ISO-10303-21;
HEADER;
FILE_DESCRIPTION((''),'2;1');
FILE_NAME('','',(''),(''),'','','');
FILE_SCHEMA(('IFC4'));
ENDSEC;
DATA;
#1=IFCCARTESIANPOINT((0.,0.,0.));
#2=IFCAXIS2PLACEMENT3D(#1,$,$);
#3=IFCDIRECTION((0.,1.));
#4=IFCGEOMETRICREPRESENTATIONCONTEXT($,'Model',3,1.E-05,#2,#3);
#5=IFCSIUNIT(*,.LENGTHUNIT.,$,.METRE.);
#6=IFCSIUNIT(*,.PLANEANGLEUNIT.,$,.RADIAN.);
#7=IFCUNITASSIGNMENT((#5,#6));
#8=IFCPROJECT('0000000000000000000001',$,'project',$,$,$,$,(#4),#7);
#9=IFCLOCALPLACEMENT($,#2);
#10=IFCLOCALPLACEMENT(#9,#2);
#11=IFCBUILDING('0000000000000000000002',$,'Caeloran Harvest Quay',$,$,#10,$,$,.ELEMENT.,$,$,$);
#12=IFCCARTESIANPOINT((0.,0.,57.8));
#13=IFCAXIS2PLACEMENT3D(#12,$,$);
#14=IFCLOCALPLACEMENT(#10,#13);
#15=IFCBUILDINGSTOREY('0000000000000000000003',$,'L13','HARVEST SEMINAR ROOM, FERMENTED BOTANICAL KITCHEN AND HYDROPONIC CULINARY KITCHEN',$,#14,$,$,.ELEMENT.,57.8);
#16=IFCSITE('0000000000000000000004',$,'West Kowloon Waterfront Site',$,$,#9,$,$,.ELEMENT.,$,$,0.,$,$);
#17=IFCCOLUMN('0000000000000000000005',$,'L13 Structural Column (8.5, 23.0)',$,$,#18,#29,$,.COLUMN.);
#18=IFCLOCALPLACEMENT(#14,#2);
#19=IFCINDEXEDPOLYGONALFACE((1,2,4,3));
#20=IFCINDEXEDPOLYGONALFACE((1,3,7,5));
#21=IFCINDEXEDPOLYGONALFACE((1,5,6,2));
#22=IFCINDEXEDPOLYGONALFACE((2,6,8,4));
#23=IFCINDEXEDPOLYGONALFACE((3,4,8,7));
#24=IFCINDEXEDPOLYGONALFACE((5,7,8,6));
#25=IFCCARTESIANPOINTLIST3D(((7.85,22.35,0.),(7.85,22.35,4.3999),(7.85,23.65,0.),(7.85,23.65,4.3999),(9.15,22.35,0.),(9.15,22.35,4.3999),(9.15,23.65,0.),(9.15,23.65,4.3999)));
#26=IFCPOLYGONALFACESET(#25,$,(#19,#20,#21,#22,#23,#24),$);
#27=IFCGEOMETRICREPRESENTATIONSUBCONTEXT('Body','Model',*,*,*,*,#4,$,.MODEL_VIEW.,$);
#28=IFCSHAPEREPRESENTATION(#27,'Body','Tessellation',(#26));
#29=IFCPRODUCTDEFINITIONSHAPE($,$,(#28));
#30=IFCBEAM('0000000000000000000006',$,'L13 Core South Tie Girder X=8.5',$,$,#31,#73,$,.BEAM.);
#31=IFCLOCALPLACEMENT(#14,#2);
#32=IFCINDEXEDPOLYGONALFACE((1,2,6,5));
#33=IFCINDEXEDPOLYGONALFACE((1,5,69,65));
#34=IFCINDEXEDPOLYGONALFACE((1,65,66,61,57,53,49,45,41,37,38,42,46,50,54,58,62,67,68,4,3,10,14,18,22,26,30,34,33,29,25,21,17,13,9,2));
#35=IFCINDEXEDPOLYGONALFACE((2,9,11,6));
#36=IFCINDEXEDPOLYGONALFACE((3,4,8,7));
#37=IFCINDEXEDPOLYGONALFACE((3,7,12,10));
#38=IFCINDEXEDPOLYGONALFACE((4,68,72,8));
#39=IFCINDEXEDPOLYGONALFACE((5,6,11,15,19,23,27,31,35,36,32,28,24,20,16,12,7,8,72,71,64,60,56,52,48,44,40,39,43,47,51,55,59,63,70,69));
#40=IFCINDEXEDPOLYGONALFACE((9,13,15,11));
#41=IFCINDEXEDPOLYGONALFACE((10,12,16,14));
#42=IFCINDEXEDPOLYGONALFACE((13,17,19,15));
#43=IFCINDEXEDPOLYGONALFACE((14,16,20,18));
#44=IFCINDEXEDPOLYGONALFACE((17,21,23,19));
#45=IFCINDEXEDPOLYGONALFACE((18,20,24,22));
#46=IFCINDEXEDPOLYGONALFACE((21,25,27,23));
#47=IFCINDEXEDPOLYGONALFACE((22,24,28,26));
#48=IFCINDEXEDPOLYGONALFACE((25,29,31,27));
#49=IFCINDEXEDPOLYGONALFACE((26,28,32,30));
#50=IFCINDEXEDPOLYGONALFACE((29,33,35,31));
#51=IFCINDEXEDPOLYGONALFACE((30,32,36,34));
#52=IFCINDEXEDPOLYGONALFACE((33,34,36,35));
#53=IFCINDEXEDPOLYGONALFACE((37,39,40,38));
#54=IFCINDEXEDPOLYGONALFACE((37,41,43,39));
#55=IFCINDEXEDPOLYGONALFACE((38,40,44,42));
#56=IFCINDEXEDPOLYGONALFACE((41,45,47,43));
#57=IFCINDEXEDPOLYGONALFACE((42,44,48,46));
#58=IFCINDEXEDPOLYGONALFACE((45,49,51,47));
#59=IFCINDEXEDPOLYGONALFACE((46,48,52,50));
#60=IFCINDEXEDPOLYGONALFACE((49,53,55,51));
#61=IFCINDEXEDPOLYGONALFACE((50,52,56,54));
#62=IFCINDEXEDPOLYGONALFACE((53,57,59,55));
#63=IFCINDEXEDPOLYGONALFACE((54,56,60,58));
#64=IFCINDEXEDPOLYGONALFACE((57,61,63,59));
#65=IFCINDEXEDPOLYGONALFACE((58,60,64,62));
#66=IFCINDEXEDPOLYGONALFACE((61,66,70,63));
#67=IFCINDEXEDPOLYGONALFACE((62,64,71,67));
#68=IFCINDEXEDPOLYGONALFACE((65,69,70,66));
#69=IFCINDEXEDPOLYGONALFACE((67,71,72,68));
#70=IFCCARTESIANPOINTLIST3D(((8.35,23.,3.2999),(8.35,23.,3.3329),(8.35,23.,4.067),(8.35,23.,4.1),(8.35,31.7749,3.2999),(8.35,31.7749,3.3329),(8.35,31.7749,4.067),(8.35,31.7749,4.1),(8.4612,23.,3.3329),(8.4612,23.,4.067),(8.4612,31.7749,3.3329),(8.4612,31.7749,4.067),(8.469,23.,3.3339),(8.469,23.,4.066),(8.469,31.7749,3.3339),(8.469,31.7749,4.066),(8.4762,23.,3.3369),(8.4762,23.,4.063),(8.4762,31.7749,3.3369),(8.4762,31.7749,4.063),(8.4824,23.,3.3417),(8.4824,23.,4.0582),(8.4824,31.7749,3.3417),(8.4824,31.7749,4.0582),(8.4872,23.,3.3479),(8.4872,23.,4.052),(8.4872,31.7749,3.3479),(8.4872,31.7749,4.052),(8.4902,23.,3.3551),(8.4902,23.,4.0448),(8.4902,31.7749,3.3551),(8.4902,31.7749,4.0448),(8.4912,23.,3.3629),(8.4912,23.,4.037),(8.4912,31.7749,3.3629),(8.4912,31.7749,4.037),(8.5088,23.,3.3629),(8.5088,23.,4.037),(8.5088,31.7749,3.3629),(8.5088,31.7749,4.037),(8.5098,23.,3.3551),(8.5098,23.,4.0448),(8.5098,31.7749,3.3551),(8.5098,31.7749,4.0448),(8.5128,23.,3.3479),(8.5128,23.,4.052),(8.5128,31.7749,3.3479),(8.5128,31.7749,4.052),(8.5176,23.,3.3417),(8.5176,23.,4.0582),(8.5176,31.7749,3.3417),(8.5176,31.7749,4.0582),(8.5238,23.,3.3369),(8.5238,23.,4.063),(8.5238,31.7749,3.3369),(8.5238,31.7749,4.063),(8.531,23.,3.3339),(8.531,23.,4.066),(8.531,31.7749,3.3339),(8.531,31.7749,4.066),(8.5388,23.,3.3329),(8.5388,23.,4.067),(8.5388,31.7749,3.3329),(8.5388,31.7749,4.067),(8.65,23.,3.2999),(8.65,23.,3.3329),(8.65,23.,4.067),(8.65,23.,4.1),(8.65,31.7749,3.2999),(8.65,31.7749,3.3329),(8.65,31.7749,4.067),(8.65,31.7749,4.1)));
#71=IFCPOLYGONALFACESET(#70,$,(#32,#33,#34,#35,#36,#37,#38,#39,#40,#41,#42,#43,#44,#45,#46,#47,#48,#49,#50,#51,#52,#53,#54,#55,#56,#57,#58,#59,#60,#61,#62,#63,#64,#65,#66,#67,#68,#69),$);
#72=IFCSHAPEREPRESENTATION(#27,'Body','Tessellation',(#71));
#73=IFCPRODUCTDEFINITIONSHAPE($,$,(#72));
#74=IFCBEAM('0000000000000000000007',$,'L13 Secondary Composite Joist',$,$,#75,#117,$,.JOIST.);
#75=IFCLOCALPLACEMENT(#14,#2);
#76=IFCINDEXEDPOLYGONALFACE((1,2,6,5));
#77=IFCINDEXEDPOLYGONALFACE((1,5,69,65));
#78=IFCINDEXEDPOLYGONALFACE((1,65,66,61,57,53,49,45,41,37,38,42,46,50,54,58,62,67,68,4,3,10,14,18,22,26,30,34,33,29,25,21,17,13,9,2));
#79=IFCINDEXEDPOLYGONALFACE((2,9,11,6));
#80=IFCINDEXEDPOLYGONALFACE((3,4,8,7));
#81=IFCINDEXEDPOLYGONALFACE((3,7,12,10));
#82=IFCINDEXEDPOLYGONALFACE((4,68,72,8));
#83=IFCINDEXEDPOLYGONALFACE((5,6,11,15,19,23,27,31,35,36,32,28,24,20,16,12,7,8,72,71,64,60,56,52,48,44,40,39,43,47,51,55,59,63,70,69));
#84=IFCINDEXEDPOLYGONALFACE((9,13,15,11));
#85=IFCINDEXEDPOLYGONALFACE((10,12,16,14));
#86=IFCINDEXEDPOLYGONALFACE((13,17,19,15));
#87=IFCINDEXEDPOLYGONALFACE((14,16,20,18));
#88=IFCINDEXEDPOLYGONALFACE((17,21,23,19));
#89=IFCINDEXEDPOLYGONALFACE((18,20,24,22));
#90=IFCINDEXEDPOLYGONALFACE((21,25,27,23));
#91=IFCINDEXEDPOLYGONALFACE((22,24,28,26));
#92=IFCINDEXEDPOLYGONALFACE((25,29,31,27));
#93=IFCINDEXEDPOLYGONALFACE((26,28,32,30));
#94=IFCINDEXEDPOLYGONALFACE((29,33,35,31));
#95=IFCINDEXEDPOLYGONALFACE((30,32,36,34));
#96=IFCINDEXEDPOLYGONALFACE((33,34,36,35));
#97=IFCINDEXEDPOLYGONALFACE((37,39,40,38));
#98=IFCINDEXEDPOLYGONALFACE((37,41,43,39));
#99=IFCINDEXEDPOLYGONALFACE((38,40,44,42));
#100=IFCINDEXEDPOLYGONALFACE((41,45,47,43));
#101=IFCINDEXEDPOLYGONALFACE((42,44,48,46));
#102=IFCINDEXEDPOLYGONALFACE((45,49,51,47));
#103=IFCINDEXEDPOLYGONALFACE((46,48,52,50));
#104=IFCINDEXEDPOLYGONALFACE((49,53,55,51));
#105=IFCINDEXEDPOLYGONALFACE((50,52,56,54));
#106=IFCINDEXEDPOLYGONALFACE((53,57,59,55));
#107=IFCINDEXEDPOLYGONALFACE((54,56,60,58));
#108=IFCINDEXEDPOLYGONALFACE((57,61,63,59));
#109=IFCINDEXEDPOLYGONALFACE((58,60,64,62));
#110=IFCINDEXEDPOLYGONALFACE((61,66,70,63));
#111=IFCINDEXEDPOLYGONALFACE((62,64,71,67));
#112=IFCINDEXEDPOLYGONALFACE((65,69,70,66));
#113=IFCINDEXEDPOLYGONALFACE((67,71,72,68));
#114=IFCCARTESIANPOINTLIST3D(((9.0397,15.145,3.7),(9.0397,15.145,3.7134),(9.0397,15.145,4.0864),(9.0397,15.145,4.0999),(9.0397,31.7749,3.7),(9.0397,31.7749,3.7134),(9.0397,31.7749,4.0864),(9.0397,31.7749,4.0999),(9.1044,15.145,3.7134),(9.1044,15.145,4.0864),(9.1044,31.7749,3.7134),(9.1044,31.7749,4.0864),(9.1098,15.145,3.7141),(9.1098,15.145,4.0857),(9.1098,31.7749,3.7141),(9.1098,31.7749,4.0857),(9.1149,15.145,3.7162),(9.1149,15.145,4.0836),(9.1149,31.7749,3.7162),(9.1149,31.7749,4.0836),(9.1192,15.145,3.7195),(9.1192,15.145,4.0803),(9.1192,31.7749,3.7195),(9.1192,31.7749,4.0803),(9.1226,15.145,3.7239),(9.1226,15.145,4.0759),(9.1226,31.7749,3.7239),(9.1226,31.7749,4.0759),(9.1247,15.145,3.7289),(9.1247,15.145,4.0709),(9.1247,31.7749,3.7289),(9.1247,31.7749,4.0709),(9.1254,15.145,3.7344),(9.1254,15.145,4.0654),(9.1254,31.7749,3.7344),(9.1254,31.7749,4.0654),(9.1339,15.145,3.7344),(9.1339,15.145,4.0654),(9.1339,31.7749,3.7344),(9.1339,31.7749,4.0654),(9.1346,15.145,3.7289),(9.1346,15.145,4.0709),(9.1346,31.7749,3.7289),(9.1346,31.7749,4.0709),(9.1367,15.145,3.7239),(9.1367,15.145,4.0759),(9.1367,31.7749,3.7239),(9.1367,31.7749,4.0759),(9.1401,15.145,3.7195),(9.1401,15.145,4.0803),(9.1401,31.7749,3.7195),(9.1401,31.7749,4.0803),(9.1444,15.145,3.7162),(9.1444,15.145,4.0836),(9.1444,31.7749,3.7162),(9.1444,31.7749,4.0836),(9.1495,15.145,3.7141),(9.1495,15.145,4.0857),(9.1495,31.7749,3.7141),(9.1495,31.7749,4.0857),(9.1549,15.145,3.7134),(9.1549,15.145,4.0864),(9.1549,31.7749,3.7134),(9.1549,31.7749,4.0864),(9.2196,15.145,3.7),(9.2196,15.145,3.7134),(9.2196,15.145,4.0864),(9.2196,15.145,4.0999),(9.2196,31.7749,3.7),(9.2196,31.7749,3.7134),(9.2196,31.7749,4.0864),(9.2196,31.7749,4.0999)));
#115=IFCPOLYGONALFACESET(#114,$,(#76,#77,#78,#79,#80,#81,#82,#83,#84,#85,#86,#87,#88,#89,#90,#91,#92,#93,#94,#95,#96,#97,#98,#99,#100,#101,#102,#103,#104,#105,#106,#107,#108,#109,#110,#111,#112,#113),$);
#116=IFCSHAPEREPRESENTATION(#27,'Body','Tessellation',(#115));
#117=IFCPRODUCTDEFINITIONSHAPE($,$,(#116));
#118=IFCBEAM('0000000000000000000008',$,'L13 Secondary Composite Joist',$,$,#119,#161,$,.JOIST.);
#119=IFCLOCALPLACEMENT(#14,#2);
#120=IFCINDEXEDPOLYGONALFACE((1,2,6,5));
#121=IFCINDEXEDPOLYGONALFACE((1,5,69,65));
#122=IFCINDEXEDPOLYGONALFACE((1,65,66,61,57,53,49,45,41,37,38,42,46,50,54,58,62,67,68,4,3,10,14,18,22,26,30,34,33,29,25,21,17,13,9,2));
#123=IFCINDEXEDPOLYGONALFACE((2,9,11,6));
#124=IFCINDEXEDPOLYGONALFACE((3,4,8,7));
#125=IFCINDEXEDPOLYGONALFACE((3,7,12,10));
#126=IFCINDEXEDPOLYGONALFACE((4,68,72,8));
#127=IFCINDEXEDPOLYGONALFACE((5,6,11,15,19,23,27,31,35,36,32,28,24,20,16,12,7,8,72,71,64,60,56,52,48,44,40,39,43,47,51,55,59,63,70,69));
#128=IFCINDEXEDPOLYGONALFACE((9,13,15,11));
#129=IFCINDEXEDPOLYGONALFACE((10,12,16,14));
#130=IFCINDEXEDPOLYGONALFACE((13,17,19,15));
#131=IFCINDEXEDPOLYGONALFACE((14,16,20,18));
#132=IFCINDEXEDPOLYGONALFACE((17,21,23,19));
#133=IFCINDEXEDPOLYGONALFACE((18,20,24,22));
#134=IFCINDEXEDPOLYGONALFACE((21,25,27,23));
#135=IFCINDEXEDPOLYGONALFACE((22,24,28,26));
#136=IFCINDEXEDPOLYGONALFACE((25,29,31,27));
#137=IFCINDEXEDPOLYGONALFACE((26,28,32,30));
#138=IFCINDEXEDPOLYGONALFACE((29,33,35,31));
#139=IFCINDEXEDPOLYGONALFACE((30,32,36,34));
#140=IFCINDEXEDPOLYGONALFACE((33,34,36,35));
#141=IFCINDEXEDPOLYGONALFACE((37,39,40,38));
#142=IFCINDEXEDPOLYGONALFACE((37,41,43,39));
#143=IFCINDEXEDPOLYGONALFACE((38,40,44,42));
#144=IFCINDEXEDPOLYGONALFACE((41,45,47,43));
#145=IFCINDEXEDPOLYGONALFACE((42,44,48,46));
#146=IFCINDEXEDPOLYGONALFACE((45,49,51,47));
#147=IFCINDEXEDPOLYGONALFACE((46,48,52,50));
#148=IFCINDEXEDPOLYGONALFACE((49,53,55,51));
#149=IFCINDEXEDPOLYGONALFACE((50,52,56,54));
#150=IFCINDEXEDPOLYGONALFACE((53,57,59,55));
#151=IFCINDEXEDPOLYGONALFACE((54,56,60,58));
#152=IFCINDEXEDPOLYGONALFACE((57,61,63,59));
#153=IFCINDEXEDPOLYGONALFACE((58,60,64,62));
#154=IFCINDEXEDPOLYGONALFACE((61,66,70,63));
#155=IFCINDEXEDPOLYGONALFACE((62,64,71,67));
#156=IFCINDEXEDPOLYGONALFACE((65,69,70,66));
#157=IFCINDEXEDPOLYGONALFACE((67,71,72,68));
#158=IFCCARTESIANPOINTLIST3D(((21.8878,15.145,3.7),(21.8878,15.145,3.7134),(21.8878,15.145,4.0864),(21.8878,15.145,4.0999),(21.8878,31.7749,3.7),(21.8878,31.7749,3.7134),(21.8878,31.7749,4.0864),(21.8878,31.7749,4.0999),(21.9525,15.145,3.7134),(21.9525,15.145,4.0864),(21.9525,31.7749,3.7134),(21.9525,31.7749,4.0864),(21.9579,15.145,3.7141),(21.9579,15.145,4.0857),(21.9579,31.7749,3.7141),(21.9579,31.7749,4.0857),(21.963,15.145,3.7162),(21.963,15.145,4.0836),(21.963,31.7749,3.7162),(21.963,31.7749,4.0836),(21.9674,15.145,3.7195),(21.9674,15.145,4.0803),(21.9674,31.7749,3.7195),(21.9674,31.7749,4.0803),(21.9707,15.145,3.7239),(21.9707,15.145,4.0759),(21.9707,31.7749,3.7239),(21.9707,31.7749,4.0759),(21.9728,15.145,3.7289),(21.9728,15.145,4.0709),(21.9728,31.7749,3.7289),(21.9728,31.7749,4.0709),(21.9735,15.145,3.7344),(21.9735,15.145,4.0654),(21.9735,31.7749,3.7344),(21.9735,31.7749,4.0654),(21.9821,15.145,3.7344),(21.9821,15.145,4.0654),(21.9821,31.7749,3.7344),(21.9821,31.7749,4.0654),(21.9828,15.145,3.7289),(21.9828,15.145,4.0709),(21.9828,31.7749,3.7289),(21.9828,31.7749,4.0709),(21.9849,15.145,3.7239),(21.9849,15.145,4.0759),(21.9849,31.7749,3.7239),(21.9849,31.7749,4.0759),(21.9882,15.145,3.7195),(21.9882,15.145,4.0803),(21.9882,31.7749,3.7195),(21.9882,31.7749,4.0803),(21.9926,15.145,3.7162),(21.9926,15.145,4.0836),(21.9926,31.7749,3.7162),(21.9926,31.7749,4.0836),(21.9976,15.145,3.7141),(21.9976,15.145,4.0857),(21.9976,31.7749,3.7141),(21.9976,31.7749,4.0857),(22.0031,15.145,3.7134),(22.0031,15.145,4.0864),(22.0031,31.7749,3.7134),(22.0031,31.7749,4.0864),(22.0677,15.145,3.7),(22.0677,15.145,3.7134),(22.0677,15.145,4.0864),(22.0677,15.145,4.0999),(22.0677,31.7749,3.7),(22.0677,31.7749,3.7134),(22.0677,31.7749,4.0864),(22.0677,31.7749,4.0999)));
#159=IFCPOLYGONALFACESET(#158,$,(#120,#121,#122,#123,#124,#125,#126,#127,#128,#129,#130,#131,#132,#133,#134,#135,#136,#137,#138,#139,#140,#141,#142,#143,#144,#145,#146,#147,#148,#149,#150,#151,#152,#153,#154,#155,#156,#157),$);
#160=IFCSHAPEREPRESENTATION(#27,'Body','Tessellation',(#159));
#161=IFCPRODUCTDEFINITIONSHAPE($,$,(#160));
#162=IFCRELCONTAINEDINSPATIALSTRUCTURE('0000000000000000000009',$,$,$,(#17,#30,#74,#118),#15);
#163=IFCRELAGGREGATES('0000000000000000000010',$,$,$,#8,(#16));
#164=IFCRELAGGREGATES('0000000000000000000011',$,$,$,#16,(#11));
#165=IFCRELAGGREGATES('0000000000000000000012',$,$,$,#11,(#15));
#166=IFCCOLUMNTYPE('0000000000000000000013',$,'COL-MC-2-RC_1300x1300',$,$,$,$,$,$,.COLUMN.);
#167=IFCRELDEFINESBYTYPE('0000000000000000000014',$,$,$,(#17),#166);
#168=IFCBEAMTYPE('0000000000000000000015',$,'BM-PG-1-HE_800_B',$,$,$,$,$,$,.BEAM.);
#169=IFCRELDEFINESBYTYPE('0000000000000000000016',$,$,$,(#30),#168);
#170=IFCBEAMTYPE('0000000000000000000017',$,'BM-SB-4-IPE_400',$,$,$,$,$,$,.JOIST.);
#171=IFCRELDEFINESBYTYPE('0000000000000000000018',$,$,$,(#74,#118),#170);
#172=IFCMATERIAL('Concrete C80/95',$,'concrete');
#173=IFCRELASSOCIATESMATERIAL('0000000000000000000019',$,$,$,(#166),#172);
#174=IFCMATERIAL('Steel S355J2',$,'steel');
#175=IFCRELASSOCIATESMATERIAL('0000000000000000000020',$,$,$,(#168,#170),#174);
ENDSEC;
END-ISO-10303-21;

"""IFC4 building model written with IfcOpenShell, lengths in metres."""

from ifc_helpers import new_model, si_unit, direction, frame, origin, origin_2d, place, context, subcontext, project, spatial, rectangle, i_section, extrude, material, material_profile, profile_set, type_object, element, save


model = new_model("IFC4")

# Units and contexts
model_context = context("Model", 3, precision=1e-05, world=origin(), true_north=direction((0.0, 1.0)))
body_context = subcontext(model_context, "Body", "Model", "MODEL_VIEW")
ifc_project = project(units=[si_unit("LENGTHUNIT", "METRE"), si_unit("PLANEANGLEUNIT", "RADIAN")], contexts=[model_context])

# Site, building, storey
site_placement = place(None, origin())
site = spatial("IfcSite", under=ifc_project, at=site_placement, Name="West Kowloon Waterfront Site", CompositionType="ELEMENT", RefElevation=0.0)
building_placement = place(site_placement, origin())
building = spatial("IfcBuilding", under=site, at=building_placement, Name="Caeloran Harvest Quay", CompositionType="ELEMENT")
storey_placement = place(building_placement, frame((0.0, 0.0, 57.8)))
storey = spatial("IfcBuildingStorey", under=building, at=storey_placement, Name="L13", Description="HARVEST SEMINAR ROOM, FERMENTED BOTANICAL KITCHEN AND HYDROPONIC CULINARY KITCHEN", CompositionType="ELEMENT", Elevation=57.8)

# Column
ifc_material_1 = material(Name="Concrete C80/95", Category="concrete")
ifc_material_profile_1 = material_profile(ifc_material_1, rectangle(XDim=1.3, YDim=1.3, at=origin_2d()), Name="RC 1300x1300")
ifc_profile_set_1 = profile_set([ifc_material_profile_1], Name="Concrete C80/95")
column_type = type_object("IfcColumnType", Name="COL-MC-2-RC_1300x1300", PredefinedType="COLUMN", material=ifc_profile_set_1)
column_placement = place(storey_placement, frame((8.5, 23.0, 0.0), z_axis=(0.0, 0.0, 1.0), x_axis=(1.0, 0.0, 0.0)))
element("IfcColumn", 1, at=column_placement, inside=storey, type_object=column_type, Name="L13 Structural Column (8.5, 23.0)", PredefinedType="COLUMN", context=body_context, shape_type="SweptSolid", body=[
    extrude(rectangle(XDim=1.3, YDim=1.3, at=origin_2d()), origin(), (0.0, 0.0, 1.0), 4.3999),
])

# Beams
ifc_material_2 = material(Name="Steel S355J2", Category="steel")
ifc_material_profile_2 = material_profile(ifc_material_2, i_section(OverallWidth=0.3, OverallDepth=0.8, WebThickness=0.0176, FlangeThickness=0.033, FilletRadius=0.03, at=origin_2d()), Name="HE 800 B")
ifc_profile_set_2 = profile_set([ifc_material_profile_2], Name="Steel S355J2")
beam_type_1 = type_object("IfcBeamType", Name="BM-PG-1-HE_800_B", PredefinedType="BEAM", material=ifc_profile_set_2)
beam_placement = place(storey_placement, frame((8.5, 23.0, 3.7), z_axis=(0.0, 1.0, 0.0), x_axis=(-1.0, 0.0, 0.0)))
element("IfcBeam", 2, at=beam_placement, inside=storey, type_object=beam_type_1, Name="L13 Core South Tie Girder X=8.5", PredefinedType="BEAM", context=body_context, shape_type="SweptSolid", body=[
    extrude(i_section(OverallWidth=0.3, OverallDepth=0.8, WebThickness=0.0176, FlangeThickness=0.033, FilletRadius=0.03, at=origin_2d()), origin(), (0.0, 0.0, 1.0), 8.7749),
])
ifc_material_profile_3 = material_profile(ifc_material_2, i_section(OverallWidth=0.1799, OverallDepth=0.3999, WebThickness=0.0085, FlangeThickness=0.0134, FilletRadius=0.021, at=origin_2d()), Name="IPE 400")
ifc_profile_set_3 = profile_set([ifc_material_profile_3], Name="Steel S355J2")
beam_type_2 = type_object("IfcBeamType", Name="BM-SB-4-IPE_400", PredefinedType="JOIST", material=ifc_profile_set_3)
for number, where, z_axis, x_axis, name in (
    (3, (9.1296, 15.145, 3.8999), (0.0, 1.0, 0.0), (-1.0, 0.0, 0.0), "L13 Secondary Composite Joist"),
    (4, (21.9778, 15.145, 3.8999), (0.0, 1.0, 0.0), (-1.0, 0.0, 0.0), "L13 Secondary Composite Joist"),
):
    element("IfcBeam", number, at=place(storey_placement, frame(where, z_axis=z_axis, x_axis=x_axis)), inside=storey, type_object=beam_type_2, Name=name, PredefinedType="JOIST", context=body_context, shape_type="SweptSolid", body=[
        extrude(i_section(OverallWidth=0.1799, OverallDepth=0.3999, WebThickness=0.0085, FlangeThickness=0.0134, FilletRadius=0.021, at=origin_2d()), origin(), (0.0, 0.0, 1.0), 16.6299),
    ])

save(model, "model.ifc")
